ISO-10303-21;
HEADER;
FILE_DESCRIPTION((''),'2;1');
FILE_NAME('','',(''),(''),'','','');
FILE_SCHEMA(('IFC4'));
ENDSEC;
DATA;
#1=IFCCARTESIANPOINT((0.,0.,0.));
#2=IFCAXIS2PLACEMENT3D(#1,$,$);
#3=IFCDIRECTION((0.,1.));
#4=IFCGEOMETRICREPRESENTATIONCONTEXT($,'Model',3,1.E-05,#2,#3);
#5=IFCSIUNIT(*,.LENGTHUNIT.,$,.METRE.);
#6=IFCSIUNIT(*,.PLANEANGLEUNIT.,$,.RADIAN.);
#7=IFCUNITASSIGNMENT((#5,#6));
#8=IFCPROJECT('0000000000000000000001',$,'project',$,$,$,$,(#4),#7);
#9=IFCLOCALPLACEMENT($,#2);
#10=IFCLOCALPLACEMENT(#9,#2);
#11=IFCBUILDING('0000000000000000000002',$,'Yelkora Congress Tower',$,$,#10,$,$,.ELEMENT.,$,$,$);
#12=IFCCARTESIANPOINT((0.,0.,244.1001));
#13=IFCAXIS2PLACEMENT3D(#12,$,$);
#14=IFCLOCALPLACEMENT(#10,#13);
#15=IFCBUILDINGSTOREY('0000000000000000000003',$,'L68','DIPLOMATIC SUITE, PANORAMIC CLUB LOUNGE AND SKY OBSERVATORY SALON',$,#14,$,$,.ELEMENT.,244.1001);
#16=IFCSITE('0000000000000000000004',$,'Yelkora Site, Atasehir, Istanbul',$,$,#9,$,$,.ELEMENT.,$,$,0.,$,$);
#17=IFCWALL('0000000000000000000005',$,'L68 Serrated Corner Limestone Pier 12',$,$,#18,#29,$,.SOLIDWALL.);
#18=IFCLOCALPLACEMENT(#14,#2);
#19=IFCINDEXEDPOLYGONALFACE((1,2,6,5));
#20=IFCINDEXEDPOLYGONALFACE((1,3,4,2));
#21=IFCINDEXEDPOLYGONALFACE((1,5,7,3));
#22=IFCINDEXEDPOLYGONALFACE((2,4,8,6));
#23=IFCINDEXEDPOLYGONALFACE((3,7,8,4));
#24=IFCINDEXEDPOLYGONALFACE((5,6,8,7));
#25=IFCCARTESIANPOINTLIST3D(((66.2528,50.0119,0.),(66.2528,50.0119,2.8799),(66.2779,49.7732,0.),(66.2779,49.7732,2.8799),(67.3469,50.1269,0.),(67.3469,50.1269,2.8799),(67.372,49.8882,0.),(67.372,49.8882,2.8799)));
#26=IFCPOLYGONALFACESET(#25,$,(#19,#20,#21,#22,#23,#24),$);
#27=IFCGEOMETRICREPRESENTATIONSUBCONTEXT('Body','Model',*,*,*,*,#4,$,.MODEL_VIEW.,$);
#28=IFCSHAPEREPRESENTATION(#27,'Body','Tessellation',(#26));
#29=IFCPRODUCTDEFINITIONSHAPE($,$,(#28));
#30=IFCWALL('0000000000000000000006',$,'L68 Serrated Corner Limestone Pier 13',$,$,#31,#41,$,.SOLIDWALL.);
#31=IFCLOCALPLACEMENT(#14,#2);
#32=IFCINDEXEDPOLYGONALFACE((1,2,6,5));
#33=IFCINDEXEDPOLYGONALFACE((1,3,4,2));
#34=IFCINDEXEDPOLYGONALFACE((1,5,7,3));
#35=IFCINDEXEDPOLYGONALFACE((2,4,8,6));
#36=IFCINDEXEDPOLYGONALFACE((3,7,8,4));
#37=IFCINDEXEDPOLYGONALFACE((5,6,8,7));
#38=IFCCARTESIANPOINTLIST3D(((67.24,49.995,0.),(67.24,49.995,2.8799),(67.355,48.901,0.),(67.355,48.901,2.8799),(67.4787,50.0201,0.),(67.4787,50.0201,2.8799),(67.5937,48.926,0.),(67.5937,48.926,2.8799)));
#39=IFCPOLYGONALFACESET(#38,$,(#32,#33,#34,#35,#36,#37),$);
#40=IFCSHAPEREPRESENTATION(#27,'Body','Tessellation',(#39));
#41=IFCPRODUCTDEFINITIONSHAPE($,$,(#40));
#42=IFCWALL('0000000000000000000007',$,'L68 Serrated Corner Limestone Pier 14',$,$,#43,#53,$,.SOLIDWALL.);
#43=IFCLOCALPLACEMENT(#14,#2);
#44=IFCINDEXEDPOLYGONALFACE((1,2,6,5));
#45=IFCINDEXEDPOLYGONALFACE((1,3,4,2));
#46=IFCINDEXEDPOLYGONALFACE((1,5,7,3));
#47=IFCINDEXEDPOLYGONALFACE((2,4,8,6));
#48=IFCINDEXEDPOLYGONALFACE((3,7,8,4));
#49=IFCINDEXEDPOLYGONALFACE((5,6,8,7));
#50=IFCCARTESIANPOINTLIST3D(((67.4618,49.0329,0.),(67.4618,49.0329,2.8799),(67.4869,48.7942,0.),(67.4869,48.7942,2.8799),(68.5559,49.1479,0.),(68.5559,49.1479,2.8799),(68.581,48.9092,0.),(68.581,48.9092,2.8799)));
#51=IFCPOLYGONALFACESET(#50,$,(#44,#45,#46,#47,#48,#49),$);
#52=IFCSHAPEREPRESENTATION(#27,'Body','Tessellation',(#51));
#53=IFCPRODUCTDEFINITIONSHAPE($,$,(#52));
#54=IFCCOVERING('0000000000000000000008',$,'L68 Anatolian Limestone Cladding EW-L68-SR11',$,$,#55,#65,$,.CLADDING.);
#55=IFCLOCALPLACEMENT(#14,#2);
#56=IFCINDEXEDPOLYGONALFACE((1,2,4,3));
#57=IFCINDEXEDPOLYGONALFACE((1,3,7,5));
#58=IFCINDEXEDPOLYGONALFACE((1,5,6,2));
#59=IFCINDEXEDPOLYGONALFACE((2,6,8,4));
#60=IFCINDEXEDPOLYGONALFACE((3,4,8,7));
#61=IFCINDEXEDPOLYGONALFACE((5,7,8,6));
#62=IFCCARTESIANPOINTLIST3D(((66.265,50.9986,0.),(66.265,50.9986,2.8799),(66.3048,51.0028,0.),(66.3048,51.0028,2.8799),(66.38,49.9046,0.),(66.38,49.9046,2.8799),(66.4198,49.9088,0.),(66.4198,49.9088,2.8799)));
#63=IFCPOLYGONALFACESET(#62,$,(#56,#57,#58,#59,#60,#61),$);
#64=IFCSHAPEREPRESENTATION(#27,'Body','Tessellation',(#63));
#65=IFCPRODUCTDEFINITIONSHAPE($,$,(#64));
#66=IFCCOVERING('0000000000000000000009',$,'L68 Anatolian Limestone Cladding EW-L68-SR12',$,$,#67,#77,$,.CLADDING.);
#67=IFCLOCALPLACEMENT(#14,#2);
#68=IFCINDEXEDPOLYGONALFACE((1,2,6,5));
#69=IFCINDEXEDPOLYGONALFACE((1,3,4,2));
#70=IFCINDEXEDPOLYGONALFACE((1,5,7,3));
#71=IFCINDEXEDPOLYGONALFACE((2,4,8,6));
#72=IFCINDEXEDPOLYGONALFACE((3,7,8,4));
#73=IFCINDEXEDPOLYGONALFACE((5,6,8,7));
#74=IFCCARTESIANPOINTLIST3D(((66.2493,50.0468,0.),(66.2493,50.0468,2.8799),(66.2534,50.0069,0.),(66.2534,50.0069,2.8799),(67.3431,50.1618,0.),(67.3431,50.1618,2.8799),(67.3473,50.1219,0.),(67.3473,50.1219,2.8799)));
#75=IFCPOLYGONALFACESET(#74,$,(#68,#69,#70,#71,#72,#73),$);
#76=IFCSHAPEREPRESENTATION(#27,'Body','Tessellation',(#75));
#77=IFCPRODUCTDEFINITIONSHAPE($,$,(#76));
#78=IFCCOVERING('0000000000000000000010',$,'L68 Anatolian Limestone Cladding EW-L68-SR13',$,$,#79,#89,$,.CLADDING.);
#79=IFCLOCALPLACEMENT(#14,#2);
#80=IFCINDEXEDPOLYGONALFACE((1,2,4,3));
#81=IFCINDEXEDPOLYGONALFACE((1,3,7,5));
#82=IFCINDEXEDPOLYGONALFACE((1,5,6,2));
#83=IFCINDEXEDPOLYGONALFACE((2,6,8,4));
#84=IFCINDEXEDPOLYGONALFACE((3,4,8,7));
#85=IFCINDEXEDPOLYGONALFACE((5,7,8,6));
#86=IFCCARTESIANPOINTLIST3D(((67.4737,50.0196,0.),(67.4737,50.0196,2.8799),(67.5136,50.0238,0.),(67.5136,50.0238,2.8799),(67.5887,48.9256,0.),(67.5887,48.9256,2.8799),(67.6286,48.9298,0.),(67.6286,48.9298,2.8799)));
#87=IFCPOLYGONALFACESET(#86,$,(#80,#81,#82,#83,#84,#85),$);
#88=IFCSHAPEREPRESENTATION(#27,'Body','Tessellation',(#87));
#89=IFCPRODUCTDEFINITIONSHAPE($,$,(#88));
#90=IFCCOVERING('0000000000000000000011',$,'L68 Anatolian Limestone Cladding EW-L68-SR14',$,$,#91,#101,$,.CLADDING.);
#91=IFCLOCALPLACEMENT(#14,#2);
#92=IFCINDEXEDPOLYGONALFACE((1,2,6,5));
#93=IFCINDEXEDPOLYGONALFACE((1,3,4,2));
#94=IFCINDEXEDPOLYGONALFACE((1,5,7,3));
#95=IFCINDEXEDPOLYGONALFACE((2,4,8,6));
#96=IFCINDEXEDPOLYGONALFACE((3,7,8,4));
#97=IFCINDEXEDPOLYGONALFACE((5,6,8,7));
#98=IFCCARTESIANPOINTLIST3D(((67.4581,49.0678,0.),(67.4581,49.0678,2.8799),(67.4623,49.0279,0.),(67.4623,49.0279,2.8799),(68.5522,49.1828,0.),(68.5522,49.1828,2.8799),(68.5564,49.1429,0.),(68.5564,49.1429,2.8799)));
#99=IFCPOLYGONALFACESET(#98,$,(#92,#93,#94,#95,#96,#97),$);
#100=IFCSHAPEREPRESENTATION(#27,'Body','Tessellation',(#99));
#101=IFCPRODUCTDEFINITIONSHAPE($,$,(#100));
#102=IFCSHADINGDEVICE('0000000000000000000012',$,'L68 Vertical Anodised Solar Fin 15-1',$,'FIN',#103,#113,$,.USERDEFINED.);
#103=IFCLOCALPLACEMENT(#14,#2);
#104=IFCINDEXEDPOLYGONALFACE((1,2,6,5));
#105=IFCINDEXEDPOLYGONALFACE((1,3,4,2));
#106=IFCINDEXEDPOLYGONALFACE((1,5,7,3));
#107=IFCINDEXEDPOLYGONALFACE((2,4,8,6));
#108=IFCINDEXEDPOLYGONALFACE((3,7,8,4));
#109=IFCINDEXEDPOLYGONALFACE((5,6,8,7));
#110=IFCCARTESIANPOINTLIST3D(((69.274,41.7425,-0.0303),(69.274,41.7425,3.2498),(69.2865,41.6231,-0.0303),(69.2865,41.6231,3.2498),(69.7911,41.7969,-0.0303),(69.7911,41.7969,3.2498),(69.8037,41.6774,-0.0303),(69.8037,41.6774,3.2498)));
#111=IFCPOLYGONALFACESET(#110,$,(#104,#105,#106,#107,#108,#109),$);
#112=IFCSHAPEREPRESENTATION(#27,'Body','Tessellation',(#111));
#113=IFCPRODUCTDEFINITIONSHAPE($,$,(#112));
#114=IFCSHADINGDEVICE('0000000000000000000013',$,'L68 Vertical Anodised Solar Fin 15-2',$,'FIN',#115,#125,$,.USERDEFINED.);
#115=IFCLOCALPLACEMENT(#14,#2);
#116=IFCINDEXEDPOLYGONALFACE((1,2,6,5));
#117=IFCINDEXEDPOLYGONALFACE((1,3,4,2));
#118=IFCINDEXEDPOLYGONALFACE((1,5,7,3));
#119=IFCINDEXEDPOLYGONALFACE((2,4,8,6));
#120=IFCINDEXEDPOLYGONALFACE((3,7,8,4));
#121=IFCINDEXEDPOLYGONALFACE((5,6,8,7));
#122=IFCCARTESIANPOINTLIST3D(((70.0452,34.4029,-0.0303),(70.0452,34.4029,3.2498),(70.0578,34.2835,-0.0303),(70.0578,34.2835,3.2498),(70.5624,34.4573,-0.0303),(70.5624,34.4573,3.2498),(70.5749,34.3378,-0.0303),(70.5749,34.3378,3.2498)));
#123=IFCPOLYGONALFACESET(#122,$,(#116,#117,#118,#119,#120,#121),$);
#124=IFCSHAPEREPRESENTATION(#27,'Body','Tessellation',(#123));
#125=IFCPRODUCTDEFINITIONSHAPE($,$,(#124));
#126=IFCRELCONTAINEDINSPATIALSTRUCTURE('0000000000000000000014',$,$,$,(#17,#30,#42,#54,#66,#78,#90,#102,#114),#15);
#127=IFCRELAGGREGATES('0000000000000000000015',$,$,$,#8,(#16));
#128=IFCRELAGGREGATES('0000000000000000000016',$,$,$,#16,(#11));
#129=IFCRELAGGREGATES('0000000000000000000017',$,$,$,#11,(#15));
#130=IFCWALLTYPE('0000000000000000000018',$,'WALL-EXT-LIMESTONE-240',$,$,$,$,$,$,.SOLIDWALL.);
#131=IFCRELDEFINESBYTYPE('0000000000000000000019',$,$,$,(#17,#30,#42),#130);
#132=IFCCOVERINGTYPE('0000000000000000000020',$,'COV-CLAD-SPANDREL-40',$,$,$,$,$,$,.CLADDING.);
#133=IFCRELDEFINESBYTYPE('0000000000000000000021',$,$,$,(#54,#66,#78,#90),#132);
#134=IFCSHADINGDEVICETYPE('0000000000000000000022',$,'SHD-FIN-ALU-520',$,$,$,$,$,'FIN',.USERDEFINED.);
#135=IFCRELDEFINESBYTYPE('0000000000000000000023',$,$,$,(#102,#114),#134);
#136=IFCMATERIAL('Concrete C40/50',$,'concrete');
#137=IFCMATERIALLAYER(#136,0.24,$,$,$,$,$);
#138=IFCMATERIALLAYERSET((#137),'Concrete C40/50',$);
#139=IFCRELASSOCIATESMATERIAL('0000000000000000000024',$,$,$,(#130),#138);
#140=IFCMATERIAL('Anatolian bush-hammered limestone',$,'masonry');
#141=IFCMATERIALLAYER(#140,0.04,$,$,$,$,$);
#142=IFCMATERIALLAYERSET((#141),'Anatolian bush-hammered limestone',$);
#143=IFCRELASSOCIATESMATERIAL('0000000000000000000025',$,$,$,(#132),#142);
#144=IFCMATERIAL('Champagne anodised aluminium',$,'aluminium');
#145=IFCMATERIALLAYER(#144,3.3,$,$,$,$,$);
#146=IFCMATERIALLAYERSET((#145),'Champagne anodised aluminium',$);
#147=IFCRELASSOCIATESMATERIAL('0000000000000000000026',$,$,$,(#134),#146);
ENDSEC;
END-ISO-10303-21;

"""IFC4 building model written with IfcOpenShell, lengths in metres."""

from ifc_helpers import new_model, si_unit, direction, frame, frame_2d, origin, origin_2d, place, context, subcontext, project, spatial, rectangle, extrude, material, layer, layer_set, type_object, element, save


model = new_model("IFC4")

# Units and contexts
model_context = context("Model", 3, precision=1e-05, world=origin(), true_north=direction((0.0, 1.0)))
body_context = subcontext(model_context, "Body", "Model", "MODEL_VIEW")
ifc_project = project(units=[si_unit("LENGTHUNIT", "METRE"), si_unit("PLANEANGLEUNIT", "RADIAN")], contexts=[model_context])

# Site, building, storey
site_placement = place(None, origin())
site = spatial("IfcSite", under=ifc_project, at=site_placement, Name="Yelkora Site, Atasehir, Istanbul", CompositionType="ELEMENT", RefElevation=0.0)
building_placement = place(site_placement, origin())
building = spatial("IfcBuilding", under=site, at=building_placement, Name="Yelkora Congress Tower", CompositionType="ELEMENT")
storey_placement = place(building_placement, frame((0.0, 0.0, 244.1001)))
storey = spatial("IfcBuildingStorey", under=building, at=storey_placement, Name="L68", Description="DIPLOMATIC SUITE, PANORAMIC CLUB LOUNGE AND SKY OBSERVATORY SALON", CompositionType="ELEMENT", Elevation=244.1001)

# Walls
ifc_material_1 = material(Name="Concrete C40/50", Category="concrete")
ifc_layer_1 = layer(ifc_material_1, 0.24)
ifc_layer_set_1 = layer_set([ifc_layer_1], Name="Concrete C40/50")
wall_type = type_object("IfcWallType", Name="WALL-EXT-LIMESTONE-240", PredefinedType="SOLIDWALL", material=ifc_layer_set_1)
for number, where, z_axis, x_axis, name in (
    (1, (66.2654, 49.8926, 0.0), (0.0, 0.0, 1.0), (0.994521, 0.104535, 0.0), "L68 Serrated Corner Limestone Pier 12"),
    (2, (67.3594, 50.0076, 0.0), (0.0, 0.0, 1.0), (0.104535, -0.994521, 0.0), "L68 Serrated Corner Limestone Pier 13"),
    (3, (67.4744, 48.9136, 0.0), (0.0, 0.0, 1.0), (0.994521, 0.104535, 0.0), "L68 Serrated Corner Limestone Pier 14"),
):
    element("IfcWall", number, at=place(storey_placement, frame(where, z_axis=z_axis, x_axis=x_axis)), inside=storey, type_object=wall_type, Name=name, PredefinedType="SOLIDWALL", context=body_context, shape_type="SweptSolid", body=[
        extrude(rectangle(XDim=1.1001, YDim=0.24, at=frame_2d((0.55, 0.0))), origin(), (0.0, 0.0, 1.0), 2.8799),
    ])

# Coverings
ifc_material_2 = material(Name="Anatolian bush-hammered limestone", Category="masonry")
ifc_layer_2 = layer(ifc_material_2, 0.04)
ifc_layer_set_2 = layer_set([ifc_layer_2], Name="Anatolian bush-hammered limestone")
covering_type = type_object("IfcCoveringType", Name="COV-CLAD-SPANDREL-40", PredefinedType="CLADDING", material=ifc_layer_set_2)
covering_1_placement = place(storey_placement, frame((66.2849, 51.0007, 0.0), z_axis=(0.0, 0.0, 1.0), x_axis=(0.104535, -0.994521, 0.0)))
element("IfcCovering", 4, at=covering_1_placement, inside=storey, type_object=covering_type, Name="L68 Anatolian Limestone Cladding EW-L68-SR11", PredefinedType="CLADDING", context=body_context, shape_type="SweptSolid", body=[
    extrude(rectangle(XDim=1.1001, YDim=0.04, at=frame_2d((0.55, 0.0))), origin(), (0.0, 0.0, 1.0), 2.8799),
])
covering_2_placement = place(storey_placement, frame((66.2515, 50.0269, 0.0), z_axis=(0.0, 0.0, 1.0), x_axis=(0.994519, 0.104558, 0.0)))
element("IfcCovering", 5, at=covering_2_placement, inside=storey, type_object=covering_type, Name="L68 Anatolian Limestone Cladding EW-L68-SR12", PredefinedType="CLADDING", context=body_context, shape_type="SweptSolid", body=[
    extrude(rectangle(XDim=1.0999, YDim=0.04, at=frame_2d((0.5498, 0.0))), origin(), (0.0, 0.0, 1.0), 2.8799),
])
for number, where, z_axis, x_axis, name in (
    (6, (67.4937, 50.0217, 0.0), (0.0, 0.0, 1.0), (0.104535, -0.994521, 0.0), "L68 Anatolian Limestone Cladding EW-L68-SR13"),
    (7, (67.4602, 49.0479, 0.0), (0.0, 0.0, 1.0), (0.994521, 0.104535, 0.0), "L68 Anatolian Limestone Cladding EW-L68-SR14"),
):
    element("IfcCovering", number, at=place(storey_placement, frame(where, z_axis=z_axis, x_axis=x_axis)), inside=storey, type_object=covering_type, Name=name, PredefinedType="CLADDING", context=body_context, shape_type="SweptSolid", body=[
        extrude(rectangle(XDim=1.1001, YDim=0.04, at=frame_2d((0.55, 0.0))), origin(), (0.0, 0.0, 1.0), 2.8799),
    ])

# Shading devices
ifc_material_3 = material(Name="Champagne anodised aluminium", Category="aluminium")
ifc_layer_3 = layer(ifc_material_3, 3.3)
ifc_layer_set_3 = layer_set([ifc_layer_3], Name="Champagne anodised aluminium")
shading_device_type = type_object("IfcShadingDeviceType", Name="SHD-FIN-ALU-520", ElementType="FIN", PredefinedType="USERDEFINED", material=ifc_layer_set_3)
for number, where, z_axis, x_axis, name in (
    (8, (69.5388, 41.71, -0.0303), (0.0, 0.0, 1.0), (0.104528, -0.994522, 0.0), "L68 Vertical Anodised Solar Fin 15-1"),
    (9, (70.3101, 34.3704, -0.0303), (0.0, 0.0, 1.0), (0.104528, -0.994522, 0.0), "L68 Vertical Anodised Solar Fin 15-2"),
):
    element("IfcShadingDevice", number, at=place(storey_placement, frame(where, z_axis=z_axis, x_axis=x_axis)), inside=storey, type_object=shading_device_type, Name=name, ObjectType="FIN", PredefinedType="USERDEFINED", context=body_context, shape_type="SweptSolid", body=[
        extrude(rectangle(XDim=0.1201, YDim=0.52, at=origin_2d()), origin(), (0.0, 0.0, 1.0), 3.28),
    ])

save(model, "model.ifc")
